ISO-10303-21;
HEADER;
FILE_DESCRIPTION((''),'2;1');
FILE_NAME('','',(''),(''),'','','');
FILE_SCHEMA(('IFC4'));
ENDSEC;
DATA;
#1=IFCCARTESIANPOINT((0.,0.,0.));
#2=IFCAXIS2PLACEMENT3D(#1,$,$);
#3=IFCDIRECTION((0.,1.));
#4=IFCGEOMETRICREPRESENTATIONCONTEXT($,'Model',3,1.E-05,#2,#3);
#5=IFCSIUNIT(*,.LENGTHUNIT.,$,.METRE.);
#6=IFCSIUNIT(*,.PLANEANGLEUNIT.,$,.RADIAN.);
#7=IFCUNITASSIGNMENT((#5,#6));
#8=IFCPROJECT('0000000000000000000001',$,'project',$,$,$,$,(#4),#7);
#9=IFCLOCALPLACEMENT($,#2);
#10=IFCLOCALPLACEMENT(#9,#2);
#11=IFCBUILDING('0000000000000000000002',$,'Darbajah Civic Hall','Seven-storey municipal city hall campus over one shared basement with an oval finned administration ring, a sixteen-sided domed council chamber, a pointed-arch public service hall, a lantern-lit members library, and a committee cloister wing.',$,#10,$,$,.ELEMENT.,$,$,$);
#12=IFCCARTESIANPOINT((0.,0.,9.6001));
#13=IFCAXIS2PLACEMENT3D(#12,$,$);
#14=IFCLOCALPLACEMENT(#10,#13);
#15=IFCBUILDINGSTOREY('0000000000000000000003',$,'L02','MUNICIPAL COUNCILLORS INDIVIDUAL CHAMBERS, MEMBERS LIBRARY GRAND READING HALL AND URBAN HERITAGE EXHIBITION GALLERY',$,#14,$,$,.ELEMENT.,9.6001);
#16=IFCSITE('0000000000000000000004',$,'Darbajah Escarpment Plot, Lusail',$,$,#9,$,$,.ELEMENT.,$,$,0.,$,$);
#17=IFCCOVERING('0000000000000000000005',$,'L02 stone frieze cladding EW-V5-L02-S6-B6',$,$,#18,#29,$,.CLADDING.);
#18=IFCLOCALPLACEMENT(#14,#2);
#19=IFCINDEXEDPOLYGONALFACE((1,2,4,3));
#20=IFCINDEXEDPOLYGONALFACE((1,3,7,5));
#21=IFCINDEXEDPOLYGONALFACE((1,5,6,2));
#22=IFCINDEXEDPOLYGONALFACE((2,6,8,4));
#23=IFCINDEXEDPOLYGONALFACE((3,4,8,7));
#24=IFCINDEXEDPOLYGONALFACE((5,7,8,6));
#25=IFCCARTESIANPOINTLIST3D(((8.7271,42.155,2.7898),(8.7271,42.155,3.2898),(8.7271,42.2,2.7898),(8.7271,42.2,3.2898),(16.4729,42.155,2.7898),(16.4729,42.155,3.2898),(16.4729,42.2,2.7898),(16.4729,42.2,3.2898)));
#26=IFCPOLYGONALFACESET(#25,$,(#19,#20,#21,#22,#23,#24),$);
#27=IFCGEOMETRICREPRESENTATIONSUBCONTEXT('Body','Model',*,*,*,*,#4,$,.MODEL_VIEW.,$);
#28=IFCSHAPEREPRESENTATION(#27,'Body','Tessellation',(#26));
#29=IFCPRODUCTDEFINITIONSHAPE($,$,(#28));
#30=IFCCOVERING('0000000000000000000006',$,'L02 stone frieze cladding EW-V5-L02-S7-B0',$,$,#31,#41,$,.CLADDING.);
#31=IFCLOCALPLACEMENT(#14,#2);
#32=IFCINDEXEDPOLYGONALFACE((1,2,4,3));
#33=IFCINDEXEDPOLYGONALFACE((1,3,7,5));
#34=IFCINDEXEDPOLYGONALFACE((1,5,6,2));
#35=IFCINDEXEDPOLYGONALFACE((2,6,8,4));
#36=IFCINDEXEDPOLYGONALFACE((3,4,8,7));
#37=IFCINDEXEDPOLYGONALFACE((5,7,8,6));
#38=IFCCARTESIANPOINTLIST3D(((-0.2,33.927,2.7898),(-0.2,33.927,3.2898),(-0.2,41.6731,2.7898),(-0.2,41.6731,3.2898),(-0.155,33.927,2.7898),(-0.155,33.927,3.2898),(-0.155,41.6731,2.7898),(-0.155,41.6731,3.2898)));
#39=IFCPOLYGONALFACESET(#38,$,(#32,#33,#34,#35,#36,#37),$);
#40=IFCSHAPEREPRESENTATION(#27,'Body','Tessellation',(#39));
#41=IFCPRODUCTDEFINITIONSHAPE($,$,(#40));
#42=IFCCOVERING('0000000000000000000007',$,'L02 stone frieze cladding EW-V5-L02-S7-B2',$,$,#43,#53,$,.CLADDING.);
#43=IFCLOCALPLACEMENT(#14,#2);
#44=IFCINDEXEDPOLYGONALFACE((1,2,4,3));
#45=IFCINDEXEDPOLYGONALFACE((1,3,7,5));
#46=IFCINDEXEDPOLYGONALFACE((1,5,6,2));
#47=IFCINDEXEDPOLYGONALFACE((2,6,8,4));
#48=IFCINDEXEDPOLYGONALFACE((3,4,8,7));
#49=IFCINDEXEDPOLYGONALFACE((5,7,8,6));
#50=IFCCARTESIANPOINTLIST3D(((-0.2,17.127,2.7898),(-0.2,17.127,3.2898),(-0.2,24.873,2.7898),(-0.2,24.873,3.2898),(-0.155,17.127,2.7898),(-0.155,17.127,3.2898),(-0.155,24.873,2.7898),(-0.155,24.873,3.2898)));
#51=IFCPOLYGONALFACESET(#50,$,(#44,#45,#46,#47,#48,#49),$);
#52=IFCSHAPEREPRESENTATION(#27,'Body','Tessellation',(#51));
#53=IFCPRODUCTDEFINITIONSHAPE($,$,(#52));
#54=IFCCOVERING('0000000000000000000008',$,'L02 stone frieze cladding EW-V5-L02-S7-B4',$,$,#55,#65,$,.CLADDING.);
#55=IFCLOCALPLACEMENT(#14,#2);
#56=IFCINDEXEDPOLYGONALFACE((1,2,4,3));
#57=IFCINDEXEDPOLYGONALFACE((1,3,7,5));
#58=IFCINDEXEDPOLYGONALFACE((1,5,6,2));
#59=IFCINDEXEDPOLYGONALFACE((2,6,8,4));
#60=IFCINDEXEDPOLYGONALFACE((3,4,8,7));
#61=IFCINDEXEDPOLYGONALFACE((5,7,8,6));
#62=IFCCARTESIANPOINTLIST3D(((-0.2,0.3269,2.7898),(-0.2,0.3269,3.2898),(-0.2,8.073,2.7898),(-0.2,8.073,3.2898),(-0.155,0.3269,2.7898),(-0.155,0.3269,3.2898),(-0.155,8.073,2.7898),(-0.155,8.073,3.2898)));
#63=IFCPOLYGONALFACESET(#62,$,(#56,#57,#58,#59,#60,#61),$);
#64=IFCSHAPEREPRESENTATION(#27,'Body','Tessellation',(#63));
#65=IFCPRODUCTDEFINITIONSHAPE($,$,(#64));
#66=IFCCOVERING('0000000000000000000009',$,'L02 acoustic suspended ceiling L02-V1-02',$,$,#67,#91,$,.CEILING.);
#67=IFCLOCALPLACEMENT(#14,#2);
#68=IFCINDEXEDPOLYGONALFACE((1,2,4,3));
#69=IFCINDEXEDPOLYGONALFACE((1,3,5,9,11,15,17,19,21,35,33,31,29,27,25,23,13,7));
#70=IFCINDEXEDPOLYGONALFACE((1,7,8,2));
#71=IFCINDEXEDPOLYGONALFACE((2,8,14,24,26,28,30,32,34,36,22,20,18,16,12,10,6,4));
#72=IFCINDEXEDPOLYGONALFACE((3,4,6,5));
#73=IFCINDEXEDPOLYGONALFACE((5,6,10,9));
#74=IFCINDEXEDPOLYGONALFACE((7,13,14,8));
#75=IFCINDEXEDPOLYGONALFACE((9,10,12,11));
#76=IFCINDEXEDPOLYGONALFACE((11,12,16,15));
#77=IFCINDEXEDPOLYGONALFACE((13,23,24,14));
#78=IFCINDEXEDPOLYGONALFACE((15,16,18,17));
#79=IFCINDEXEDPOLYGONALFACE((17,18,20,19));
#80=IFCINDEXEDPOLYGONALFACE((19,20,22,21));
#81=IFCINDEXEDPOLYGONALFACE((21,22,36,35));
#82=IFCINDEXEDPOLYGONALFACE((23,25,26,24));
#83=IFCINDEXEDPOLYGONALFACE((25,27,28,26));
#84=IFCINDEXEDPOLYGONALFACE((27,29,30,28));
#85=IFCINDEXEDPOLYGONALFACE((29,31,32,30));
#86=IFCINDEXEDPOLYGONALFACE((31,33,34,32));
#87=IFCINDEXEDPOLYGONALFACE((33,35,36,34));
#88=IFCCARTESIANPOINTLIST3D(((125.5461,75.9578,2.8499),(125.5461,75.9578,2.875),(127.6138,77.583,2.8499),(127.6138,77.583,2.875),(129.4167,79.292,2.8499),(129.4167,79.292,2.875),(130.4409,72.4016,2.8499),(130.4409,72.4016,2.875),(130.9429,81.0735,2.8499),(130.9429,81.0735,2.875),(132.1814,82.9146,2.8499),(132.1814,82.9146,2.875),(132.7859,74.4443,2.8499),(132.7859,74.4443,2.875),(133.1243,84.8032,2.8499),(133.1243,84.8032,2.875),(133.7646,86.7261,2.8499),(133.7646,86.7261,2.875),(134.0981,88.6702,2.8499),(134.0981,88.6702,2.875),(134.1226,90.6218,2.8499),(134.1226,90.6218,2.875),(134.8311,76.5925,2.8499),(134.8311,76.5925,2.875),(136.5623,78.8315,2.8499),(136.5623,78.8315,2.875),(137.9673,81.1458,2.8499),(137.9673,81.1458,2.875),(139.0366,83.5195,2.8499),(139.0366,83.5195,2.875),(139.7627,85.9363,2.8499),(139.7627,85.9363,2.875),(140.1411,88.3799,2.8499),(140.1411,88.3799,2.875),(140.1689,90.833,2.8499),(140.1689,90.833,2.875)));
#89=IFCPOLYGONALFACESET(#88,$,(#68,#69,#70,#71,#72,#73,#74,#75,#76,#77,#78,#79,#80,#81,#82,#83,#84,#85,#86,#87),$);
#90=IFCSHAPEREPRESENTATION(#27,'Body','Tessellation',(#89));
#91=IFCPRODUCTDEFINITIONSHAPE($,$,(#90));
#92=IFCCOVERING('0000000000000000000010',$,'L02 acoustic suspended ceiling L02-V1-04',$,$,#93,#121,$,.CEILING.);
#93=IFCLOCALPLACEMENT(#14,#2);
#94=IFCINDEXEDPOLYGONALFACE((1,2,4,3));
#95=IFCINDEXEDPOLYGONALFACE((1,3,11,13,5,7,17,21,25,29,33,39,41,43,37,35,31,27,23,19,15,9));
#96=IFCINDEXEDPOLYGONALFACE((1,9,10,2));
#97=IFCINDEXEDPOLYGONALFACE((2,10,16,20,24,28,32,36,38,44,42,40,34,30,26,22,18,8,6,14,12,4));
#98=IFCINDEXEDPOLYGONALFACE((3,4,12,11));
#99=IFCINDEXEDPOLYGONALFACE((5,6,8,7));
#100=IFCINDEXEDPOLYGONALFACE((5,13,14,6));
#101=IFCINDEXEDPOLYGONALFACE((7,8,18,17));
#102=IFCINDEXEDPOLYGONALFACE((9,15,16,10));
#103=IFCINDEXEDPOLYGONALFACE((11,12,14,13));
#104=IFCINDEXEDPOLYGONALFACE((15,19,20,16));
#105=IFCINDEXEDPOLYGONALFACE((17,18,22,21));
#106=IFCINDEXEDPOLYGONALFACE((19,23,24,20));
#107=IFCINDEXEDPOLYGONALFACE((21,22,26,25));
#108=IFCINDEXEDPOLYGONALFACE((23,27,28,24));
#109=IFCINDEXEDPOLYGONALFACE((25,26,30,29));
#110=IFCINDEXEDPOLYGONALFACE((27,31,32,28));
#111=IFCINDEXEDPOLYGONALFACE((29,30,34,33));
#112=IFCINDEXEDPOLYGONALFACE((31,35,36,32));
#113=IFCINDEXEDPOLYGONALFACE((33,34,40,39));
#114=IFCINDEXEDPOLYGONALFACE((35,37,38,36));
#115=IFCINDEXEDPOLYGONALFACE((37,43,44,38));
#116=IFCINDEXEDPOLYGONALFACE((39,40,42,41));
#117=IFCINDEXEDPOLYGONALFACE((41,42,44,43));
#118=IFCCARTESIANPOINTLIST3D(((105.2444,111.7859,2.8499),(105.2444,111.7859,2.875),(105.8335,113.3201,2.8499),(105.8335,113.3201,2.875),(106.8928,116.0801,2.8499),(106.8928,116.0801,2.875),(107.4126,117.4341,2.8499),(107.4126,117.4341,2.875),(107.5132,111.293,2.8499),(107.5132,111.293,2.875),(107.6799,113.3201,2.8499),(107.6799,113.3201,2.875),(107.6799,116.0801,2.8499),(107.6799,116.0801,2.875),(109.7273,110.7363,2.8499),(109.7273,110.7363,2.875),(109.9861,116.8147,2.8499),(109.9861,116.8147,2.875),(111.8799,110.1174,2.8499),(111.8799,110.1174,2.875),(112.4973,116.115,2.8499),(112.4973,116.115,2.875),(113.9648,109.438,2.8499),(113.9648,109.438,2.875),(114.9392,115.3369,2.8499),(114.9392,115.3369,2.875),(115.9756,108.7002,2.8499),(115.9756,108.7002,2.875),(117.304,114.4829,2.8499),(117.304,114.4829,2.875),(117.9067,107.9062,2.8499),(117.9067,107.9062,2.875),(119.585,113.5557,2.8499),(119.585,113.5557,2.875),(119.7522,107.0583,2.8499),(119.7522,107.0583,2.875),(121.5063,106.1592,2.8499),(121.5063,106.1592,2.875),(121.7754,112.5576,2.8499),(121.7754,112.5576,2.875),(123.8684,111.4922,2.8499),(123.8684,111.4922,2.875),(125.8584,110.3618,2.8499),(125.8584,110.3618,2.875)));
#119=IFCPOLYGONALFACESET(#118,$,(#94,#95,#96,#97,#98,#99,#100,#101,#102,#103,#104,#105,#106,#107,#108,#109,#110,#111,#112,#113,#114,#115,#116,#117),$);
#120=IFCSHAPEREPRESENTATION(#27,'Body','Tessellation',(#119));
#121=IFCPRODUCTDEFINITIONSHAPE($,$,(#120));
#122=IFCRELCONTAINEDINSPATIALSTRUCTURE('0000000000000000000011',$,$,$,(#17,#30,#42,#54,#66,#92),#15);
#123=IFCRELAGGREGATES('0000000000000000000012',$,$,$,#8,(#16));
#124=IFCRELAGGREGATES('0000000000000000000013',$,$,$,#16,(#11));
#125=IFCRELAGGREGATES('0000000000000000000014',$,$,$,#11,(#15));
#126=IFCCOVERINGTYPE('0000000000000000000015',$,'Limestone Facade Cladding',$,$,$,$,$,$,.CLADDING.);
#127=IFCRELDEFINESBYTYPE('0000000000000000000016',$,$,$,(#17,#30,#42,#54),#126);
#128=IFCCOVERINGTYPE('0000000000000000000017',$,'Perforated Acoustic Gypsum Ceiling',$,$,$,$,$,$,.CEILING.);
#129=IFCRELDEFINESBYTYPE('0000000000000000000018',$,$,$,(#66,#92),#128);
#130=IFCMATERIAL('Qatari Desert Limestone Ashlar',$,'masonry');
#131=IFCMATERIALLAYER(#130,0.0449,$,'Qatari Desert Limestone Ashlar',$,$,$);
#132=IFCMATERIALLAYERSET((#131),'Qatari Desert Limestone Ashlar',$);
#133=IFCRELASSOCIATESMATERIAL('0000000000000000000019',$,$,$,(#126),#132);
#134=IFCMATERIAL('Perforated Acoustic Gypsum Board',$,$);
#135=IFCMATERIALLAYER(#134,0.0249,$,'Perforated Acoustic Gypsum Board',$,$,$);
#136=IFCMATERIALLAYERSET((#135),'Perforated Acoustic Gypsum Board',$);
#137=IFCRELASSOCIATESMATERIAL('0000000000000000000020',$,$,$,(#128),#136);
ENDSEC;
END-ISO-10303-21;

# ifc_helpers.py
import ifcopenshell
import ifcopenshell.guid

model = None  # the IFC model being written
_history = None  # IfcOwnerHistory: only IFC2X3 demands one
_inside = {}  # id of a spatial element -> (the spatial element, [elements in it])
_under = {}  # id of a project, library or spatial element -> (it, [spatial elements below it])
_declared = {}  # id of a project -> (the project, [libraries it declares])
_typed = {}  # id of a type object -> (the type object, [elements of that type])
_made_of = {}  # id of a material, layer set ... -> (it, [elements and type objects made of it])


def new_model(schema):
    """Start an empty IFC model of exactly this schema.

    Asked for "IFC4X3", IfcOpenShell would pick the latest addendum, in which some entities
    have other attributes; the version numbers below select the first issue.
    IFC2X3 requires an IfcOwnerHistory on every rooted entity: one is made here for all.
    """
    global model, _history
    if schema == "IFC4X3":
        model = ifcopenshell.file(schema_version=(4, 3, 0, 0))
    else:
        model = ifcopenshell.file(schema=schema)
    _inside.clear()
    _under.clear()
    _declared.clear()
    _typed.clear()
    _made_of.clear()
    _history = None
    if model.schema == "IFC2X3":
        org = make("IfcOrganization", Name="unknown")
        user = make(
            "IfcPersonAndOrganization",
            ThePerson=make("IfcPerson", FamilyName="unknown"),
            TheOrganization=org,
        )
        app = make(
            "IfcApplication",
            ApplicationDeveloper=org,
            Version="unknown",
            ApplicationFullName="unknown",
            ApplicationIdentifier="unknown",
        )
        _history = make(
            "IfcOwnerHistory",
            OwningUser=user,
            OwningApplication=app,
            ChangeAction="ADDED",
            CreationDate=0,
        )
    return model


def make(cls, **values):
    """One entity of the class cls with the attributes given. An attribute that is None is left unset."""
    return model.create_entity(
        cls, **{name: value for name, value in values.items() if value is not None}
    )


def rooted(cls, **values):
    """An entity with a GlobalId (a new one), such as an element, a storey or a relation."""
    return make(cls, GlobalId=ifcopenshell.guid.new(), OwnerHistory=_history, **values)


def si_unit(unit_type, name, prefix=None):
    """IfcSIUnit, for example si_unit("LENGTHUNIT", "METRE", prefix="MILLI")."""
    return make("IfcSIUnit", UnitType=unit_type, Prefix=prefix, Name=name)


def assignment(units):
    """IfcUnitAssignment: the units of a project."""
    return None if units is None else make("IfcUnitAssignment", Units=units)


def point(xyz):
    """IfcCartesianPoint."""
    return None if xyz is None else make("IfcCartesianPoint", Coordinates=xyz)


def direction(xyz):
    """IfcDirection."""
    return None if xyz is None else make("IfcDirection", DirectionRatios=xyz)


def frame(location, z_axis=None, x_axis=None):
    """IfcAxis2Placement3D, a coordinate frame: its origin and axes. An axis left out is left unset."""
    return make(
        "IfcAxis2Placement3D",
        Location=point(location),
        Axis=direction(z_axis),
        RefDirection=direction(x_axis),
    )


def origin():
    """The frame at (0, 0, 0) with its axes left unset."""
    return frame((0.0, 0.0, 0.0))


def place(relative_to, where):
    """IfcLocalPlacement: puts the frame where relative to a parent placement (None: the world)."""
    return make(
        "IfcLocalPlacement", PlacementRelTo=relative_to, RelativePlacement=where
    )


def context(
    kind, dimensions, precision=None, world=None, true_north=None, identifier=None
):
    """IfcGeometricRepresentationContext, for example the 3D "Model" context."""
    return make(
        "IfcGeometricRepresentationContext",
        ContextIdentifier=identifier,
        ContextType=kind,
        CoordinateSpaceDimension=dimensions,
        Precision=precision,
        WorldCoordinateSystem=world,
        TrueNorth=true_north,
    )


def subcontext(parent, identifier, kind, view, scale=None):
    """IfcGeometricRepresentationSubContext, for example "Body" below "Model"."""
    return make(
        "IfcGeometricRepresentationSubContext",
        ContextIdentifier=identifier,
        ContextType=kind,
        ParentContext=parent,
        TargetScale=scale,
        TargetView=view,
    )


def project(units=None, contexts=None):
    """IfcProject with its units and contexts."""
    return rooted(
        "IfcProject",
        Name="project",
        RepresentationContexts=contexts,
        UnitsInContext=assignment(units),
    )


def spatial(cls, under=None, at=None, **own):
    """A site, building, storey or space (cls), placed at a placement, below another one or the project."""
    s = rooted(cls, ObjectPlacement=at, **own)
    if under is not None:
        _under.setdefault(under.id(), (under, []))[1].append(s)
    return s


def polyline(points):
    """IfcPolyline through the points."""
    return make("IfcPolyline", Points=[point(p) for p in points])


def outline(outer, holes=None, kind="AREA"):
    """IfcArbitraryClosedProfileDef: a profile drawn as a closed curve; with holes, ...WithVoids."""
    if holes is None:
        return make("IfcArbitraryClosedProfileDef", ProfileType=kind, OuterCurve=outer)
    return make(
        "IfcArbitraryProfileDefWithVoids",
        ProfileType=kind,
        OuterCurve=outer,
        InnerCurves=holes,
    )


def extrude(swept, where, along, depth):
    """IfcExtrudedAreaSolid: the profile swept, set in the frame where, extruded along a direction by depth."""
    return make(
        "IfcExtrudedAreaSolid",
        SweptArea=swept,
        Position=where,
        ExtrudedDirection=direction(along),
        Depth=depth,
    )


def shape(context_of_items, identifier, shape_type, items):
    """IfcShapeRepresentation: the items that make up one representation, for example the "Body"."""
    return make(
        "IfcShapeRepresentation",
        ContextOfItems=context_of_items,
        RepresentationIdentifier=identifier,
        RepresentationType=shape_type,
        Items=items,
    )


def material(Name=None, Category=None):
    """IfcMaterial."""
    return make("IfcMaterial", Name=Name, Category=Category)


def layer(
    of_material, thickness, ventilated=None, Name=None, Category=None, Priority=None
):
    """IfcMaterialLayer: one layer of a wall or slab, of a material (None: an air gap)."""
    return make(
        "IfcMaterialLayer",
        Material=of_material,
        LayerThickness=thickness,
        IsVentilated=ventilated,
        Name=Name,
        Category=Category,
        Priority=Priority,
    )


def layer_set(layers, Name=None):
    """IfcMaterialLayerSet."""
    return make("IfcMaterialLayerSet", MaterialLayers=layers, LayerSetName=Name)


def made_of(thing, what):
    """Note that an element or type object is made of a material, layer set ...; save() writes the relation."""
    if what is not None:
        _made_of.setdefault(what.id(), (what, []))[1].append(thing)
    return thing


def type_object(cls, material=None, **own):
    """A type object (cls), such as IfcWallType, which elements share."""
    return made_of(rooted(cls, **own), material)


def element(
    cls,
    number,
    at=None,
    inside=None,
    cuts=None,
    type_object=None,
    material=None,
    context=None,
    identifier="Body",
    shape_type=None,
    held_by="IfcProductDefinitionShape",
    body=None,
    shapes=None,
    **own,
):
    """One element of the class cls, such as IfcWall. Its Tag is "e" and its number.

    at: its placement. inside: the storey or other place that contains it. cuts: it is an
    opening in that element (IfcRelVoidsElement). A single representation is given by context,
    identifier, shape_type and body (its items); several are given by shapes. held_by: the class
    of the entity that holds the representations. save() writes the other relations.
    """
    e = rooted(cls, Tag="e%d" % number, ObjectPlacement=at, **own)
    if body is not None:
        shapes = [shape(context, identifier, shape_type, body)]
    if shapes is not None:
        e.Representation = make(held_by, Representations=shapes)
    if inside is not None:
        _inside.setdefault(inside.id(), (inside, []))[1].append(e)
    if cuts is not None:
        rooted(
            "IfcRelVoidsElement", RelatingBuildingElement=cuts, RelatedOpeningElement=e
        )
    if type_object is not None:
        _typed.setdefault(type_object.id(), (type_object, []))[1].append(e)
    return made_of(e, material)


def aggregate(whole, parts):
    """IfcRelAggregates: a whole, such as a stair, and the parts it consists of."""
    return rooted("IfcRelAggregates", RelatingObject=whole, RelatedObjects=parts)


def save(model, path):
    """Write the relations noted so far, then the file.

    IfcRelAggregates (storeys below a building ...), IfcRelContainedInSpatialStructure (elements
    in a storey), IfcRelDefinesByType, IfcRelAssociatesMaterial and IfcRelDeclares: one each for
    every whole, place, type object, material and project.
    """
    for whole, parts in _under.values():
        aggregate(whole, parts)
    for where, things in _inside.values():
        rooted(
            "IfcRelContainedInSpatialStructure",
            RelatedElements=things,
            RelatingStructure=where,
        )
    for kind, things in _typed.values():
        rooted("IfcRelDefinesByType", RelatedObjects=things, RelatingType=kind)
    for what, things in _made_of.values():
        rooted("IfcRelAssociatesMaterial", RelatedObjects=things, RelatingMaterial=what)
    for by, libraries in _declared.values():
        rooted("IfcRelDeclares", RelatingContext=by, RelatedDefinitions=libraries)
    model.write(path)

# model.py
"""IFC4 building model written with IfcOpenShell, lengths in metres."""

from ifc_helpers import new_model, si_unit, direction, frame, origin, place, context, subcontext, project, spatial, polyline, outline, extrude, material, layer, layer_set, type_object, element, save


model = new_model("IFC4")

# Units and contexts
model_context = context("Model", 3, precision=1e-05, world=origin(), true_north=direction((0.0, 1.0)))
body_context = subcontext(model_context, "Body", "Model", "MODEL_VIEW")
ifc_project = project(units=[si_unit("LENGTHUNIT", "METRE"), si_unit("PLANEANGLEUNIT", "RADIAN")], contexts=[model_context])

# Site, building, storey
site_placement = place(None, origin())
site = spatial("IfcSite", under=ifc_project, at=site_placement, Name="Darbajah Escarpment Plot, Lusail", CompositionType="ELEMENT", RefElevation=0.0)
building_placement = place(site_placement, origin())
building = spatial("IfcBuilding", under=site, at=building_placement, Name="Darbajah Civic Hall", Description="Seven-storey municipal city hall campus over one shared basement with an oval finned administration ring, a sixteen-sided domed council chamber, a pointed-arch public service hall, a lantern-lit members library, and a committee cloister wing.", CompositionType="ELEMENT")
storey_placement = place(building_placement, frame((0.0, 0.0, 9.6001)))
storey = spatial("IfcBuildingStorey", under=building, at=storey_placement, Name="L02", Description="MUNICIPAL COUNCILLORS INDIVIDUAL CHAMBERS, MEMBERS LIBRARY GRAND READING HALL AND URBAN HERITAGE EXHIBITION GALLERY", CompositionType="ELEMENT", Elevation=9.6001)

# Coverings
ifc_material_1 = material(Name="Qatari Desert Limestone Ashlar", Category="masonry")
ifc_layer_1 = layer(ifc_material_1, 0.0449, Name="Qatari Desert Limestone Ashlar")
ifc_layer_set_1 = layer_set([ifc_layer_1], Name="Qatari Desert Limestone Ashlar")
covering_type_1 = type_object("IfcCoveringType", Name="Limestone Facade Cladding", PredefinedType="CLADDING", material=ifc_layer_set_1)
covering_1_placement = place(storey_placement, frame((0.0, 0.0, 2.7898)))
element("IfcCovering", 1, at=covering_1_placement, inside=storey, type_object=covering_type_1, Name="L02 stone frieze cladding EW-V5-L02-S6-B6", PredefinedType="CLADDING", context=body_context, shape_type="SweptSolid", body=[
    extrude(outline(polyline([(16.4729, 42.155), (8.7271, 42.155), (8.7271, 42.2), (16.4729, 42.2), (16.4729, 42.155)])), origin(), (0.0, 0.0, 1.0), 0.5),
])
covering_2_placement = place(storey_placement, frame((0.0, 0.0, 2.7898)))
element("IfcCovering", 2, at=covering_2_placement, inside=storey, type_object=covering_type_1, Name="L02 stone frieze cladding EW-V5-L02-S7-B0", PredefinedType="CLADDING", context=body_context, shape_type="SweptSolid", body=[
    extrude(outline(polyline([(-0.155, 41.6731), (-0.155, 33.927), (-0.2, 33.927), (-0.2, 41.6731), (-0.155, 41.6731)])), origin(), (0.0, 0.0, 1.0), 0.5),
])
covering_3_placement = place(storey_placement, frame((0.0, 0.0, 2.7898)))
element("IfcCovering", 3, at=covering_3_placement, inside=storey, type_object=covering_type_1, Name="L02 stone frieze cladding EW-V5-L02-S7-B2", PredefinedType="CLADDING", context=body_context, shape_type="SweptSolid", body=[
    extrude(outline(polyline([(-0.155, 24.873), (-0.155, 17.127), (-0.2, 17.127), (-0.2, 24.873), (-0.155, 24.873)])), origin(), (0.0, 0.0, 1.0), 0.5),
])
covering_4_placement = place(storey_placement, frame((0.0, 0.0, 2.7898)))
element("IfcCovering", 4, at=covering_4_placement, inside=storey, type_object=covering_type_1, Name="L02 stone frieze cladding EW-V5-L02-S7-B4", PredefinedType="CLADDING", context=body_context, shape_type="SweptSolid", body=[
    extrude(outline(polyline([(-0.155, 8.073), (-0.155, 0.3269), (-0.2, 0.3269), (-0.2, 8.073), (-0.155, 8.073)])), origin(), (0.0, 0.0, 1.0), 0.5),
])
ifc_material_2 = material(Name="Perforated Acoustic Gypsum Board")
ifc_layer_2 = layer(ifc_material_2, 0.0249, Name="Perforated Acoustic Gypsum Board")
ifc_layer_set_2 = layer_set([ifc_layer_2], Name="Perforated Acoustic Gypsum Board")
covering_type_2 = type_object("IfcCoveringType", Name="Perforated Acoustic Gypsum Ceiling", PredefinedType="CEILING", material=ifc_layer_set_2)
covering_5_placement = place(storey_placement, frame((0.0, 0.0, 2.8499)))
element("IfcCovering", 5, at=covering_5_placement, inside=storey, type_object=covering_type_2, Name="L02 acoustic suspended ceiling L02-V1-02", PredefinedType="CEILING", context=body_context, shape_type="SweptSolid", body=[
    extrude(outline(polyline([(130.4409, 72.4016), (132.7859, 74.4443), (134.8311, 76.5925), (136.5623, 78.8315), (137.9673, 81.1458), (139.0366, 83.5195), (139.7627, 85.9363), (140.1411, 88.3799), (140.1689, 90.833), (134.1226, 90.6218), (134.0981, 88.6702), (133.7646, 86.7261), (133.1243, 84.8032), (132.1814, 82.9146), (130.9429, 81.0735), (129.4167, 79.292), (127.6138, 77.583), (125.5461, 75.9578), (130.4409, 72.4016)])), origin(), (0.0, 0.0, 1.0), 0.0251),
])
covering_6_placement = place(storey_placement, frame((0.0, 0.0, 2.8499)))
element("IfcCovering", 6, at=covering_6_placement, inside=storey, type_object=covering_type_2, Name="L02 acoustic suspended ceiling L02-V1-04", PredefinedType="CEILING", context=body_context, shape_type="SweptSolid", body=[
    extrude(outline(polyline([(121.5063, 106.1592), (119.7522, 107.0583), (117.9067, 107.9062), (115.9756, 108.7002), (113.9648, 109.438), (111.8799, 110.1174), (109.7273, 110.7363), (107.5132, 111.293), (105.2444, 111.7859), (105.8335, 113.3201), (107.6799, 113.3201), (107.6799, 116.0801), (106.8928, 116.0801), (107.4126, 117.4341), (109.9861, 116.8147), (112.4973, 116.115), (114.9392, 115.3369), (117.304, 114.4829), (119.585, 113.5557), (121.7754, 112.5576), (123.8684, 111.4922), (125.8584, 110.3618), (121.5063, 106.1592)])), origin(), (0.0, 0.0, 1.0), 0.0251),
])

save(model, "model.ifc")
